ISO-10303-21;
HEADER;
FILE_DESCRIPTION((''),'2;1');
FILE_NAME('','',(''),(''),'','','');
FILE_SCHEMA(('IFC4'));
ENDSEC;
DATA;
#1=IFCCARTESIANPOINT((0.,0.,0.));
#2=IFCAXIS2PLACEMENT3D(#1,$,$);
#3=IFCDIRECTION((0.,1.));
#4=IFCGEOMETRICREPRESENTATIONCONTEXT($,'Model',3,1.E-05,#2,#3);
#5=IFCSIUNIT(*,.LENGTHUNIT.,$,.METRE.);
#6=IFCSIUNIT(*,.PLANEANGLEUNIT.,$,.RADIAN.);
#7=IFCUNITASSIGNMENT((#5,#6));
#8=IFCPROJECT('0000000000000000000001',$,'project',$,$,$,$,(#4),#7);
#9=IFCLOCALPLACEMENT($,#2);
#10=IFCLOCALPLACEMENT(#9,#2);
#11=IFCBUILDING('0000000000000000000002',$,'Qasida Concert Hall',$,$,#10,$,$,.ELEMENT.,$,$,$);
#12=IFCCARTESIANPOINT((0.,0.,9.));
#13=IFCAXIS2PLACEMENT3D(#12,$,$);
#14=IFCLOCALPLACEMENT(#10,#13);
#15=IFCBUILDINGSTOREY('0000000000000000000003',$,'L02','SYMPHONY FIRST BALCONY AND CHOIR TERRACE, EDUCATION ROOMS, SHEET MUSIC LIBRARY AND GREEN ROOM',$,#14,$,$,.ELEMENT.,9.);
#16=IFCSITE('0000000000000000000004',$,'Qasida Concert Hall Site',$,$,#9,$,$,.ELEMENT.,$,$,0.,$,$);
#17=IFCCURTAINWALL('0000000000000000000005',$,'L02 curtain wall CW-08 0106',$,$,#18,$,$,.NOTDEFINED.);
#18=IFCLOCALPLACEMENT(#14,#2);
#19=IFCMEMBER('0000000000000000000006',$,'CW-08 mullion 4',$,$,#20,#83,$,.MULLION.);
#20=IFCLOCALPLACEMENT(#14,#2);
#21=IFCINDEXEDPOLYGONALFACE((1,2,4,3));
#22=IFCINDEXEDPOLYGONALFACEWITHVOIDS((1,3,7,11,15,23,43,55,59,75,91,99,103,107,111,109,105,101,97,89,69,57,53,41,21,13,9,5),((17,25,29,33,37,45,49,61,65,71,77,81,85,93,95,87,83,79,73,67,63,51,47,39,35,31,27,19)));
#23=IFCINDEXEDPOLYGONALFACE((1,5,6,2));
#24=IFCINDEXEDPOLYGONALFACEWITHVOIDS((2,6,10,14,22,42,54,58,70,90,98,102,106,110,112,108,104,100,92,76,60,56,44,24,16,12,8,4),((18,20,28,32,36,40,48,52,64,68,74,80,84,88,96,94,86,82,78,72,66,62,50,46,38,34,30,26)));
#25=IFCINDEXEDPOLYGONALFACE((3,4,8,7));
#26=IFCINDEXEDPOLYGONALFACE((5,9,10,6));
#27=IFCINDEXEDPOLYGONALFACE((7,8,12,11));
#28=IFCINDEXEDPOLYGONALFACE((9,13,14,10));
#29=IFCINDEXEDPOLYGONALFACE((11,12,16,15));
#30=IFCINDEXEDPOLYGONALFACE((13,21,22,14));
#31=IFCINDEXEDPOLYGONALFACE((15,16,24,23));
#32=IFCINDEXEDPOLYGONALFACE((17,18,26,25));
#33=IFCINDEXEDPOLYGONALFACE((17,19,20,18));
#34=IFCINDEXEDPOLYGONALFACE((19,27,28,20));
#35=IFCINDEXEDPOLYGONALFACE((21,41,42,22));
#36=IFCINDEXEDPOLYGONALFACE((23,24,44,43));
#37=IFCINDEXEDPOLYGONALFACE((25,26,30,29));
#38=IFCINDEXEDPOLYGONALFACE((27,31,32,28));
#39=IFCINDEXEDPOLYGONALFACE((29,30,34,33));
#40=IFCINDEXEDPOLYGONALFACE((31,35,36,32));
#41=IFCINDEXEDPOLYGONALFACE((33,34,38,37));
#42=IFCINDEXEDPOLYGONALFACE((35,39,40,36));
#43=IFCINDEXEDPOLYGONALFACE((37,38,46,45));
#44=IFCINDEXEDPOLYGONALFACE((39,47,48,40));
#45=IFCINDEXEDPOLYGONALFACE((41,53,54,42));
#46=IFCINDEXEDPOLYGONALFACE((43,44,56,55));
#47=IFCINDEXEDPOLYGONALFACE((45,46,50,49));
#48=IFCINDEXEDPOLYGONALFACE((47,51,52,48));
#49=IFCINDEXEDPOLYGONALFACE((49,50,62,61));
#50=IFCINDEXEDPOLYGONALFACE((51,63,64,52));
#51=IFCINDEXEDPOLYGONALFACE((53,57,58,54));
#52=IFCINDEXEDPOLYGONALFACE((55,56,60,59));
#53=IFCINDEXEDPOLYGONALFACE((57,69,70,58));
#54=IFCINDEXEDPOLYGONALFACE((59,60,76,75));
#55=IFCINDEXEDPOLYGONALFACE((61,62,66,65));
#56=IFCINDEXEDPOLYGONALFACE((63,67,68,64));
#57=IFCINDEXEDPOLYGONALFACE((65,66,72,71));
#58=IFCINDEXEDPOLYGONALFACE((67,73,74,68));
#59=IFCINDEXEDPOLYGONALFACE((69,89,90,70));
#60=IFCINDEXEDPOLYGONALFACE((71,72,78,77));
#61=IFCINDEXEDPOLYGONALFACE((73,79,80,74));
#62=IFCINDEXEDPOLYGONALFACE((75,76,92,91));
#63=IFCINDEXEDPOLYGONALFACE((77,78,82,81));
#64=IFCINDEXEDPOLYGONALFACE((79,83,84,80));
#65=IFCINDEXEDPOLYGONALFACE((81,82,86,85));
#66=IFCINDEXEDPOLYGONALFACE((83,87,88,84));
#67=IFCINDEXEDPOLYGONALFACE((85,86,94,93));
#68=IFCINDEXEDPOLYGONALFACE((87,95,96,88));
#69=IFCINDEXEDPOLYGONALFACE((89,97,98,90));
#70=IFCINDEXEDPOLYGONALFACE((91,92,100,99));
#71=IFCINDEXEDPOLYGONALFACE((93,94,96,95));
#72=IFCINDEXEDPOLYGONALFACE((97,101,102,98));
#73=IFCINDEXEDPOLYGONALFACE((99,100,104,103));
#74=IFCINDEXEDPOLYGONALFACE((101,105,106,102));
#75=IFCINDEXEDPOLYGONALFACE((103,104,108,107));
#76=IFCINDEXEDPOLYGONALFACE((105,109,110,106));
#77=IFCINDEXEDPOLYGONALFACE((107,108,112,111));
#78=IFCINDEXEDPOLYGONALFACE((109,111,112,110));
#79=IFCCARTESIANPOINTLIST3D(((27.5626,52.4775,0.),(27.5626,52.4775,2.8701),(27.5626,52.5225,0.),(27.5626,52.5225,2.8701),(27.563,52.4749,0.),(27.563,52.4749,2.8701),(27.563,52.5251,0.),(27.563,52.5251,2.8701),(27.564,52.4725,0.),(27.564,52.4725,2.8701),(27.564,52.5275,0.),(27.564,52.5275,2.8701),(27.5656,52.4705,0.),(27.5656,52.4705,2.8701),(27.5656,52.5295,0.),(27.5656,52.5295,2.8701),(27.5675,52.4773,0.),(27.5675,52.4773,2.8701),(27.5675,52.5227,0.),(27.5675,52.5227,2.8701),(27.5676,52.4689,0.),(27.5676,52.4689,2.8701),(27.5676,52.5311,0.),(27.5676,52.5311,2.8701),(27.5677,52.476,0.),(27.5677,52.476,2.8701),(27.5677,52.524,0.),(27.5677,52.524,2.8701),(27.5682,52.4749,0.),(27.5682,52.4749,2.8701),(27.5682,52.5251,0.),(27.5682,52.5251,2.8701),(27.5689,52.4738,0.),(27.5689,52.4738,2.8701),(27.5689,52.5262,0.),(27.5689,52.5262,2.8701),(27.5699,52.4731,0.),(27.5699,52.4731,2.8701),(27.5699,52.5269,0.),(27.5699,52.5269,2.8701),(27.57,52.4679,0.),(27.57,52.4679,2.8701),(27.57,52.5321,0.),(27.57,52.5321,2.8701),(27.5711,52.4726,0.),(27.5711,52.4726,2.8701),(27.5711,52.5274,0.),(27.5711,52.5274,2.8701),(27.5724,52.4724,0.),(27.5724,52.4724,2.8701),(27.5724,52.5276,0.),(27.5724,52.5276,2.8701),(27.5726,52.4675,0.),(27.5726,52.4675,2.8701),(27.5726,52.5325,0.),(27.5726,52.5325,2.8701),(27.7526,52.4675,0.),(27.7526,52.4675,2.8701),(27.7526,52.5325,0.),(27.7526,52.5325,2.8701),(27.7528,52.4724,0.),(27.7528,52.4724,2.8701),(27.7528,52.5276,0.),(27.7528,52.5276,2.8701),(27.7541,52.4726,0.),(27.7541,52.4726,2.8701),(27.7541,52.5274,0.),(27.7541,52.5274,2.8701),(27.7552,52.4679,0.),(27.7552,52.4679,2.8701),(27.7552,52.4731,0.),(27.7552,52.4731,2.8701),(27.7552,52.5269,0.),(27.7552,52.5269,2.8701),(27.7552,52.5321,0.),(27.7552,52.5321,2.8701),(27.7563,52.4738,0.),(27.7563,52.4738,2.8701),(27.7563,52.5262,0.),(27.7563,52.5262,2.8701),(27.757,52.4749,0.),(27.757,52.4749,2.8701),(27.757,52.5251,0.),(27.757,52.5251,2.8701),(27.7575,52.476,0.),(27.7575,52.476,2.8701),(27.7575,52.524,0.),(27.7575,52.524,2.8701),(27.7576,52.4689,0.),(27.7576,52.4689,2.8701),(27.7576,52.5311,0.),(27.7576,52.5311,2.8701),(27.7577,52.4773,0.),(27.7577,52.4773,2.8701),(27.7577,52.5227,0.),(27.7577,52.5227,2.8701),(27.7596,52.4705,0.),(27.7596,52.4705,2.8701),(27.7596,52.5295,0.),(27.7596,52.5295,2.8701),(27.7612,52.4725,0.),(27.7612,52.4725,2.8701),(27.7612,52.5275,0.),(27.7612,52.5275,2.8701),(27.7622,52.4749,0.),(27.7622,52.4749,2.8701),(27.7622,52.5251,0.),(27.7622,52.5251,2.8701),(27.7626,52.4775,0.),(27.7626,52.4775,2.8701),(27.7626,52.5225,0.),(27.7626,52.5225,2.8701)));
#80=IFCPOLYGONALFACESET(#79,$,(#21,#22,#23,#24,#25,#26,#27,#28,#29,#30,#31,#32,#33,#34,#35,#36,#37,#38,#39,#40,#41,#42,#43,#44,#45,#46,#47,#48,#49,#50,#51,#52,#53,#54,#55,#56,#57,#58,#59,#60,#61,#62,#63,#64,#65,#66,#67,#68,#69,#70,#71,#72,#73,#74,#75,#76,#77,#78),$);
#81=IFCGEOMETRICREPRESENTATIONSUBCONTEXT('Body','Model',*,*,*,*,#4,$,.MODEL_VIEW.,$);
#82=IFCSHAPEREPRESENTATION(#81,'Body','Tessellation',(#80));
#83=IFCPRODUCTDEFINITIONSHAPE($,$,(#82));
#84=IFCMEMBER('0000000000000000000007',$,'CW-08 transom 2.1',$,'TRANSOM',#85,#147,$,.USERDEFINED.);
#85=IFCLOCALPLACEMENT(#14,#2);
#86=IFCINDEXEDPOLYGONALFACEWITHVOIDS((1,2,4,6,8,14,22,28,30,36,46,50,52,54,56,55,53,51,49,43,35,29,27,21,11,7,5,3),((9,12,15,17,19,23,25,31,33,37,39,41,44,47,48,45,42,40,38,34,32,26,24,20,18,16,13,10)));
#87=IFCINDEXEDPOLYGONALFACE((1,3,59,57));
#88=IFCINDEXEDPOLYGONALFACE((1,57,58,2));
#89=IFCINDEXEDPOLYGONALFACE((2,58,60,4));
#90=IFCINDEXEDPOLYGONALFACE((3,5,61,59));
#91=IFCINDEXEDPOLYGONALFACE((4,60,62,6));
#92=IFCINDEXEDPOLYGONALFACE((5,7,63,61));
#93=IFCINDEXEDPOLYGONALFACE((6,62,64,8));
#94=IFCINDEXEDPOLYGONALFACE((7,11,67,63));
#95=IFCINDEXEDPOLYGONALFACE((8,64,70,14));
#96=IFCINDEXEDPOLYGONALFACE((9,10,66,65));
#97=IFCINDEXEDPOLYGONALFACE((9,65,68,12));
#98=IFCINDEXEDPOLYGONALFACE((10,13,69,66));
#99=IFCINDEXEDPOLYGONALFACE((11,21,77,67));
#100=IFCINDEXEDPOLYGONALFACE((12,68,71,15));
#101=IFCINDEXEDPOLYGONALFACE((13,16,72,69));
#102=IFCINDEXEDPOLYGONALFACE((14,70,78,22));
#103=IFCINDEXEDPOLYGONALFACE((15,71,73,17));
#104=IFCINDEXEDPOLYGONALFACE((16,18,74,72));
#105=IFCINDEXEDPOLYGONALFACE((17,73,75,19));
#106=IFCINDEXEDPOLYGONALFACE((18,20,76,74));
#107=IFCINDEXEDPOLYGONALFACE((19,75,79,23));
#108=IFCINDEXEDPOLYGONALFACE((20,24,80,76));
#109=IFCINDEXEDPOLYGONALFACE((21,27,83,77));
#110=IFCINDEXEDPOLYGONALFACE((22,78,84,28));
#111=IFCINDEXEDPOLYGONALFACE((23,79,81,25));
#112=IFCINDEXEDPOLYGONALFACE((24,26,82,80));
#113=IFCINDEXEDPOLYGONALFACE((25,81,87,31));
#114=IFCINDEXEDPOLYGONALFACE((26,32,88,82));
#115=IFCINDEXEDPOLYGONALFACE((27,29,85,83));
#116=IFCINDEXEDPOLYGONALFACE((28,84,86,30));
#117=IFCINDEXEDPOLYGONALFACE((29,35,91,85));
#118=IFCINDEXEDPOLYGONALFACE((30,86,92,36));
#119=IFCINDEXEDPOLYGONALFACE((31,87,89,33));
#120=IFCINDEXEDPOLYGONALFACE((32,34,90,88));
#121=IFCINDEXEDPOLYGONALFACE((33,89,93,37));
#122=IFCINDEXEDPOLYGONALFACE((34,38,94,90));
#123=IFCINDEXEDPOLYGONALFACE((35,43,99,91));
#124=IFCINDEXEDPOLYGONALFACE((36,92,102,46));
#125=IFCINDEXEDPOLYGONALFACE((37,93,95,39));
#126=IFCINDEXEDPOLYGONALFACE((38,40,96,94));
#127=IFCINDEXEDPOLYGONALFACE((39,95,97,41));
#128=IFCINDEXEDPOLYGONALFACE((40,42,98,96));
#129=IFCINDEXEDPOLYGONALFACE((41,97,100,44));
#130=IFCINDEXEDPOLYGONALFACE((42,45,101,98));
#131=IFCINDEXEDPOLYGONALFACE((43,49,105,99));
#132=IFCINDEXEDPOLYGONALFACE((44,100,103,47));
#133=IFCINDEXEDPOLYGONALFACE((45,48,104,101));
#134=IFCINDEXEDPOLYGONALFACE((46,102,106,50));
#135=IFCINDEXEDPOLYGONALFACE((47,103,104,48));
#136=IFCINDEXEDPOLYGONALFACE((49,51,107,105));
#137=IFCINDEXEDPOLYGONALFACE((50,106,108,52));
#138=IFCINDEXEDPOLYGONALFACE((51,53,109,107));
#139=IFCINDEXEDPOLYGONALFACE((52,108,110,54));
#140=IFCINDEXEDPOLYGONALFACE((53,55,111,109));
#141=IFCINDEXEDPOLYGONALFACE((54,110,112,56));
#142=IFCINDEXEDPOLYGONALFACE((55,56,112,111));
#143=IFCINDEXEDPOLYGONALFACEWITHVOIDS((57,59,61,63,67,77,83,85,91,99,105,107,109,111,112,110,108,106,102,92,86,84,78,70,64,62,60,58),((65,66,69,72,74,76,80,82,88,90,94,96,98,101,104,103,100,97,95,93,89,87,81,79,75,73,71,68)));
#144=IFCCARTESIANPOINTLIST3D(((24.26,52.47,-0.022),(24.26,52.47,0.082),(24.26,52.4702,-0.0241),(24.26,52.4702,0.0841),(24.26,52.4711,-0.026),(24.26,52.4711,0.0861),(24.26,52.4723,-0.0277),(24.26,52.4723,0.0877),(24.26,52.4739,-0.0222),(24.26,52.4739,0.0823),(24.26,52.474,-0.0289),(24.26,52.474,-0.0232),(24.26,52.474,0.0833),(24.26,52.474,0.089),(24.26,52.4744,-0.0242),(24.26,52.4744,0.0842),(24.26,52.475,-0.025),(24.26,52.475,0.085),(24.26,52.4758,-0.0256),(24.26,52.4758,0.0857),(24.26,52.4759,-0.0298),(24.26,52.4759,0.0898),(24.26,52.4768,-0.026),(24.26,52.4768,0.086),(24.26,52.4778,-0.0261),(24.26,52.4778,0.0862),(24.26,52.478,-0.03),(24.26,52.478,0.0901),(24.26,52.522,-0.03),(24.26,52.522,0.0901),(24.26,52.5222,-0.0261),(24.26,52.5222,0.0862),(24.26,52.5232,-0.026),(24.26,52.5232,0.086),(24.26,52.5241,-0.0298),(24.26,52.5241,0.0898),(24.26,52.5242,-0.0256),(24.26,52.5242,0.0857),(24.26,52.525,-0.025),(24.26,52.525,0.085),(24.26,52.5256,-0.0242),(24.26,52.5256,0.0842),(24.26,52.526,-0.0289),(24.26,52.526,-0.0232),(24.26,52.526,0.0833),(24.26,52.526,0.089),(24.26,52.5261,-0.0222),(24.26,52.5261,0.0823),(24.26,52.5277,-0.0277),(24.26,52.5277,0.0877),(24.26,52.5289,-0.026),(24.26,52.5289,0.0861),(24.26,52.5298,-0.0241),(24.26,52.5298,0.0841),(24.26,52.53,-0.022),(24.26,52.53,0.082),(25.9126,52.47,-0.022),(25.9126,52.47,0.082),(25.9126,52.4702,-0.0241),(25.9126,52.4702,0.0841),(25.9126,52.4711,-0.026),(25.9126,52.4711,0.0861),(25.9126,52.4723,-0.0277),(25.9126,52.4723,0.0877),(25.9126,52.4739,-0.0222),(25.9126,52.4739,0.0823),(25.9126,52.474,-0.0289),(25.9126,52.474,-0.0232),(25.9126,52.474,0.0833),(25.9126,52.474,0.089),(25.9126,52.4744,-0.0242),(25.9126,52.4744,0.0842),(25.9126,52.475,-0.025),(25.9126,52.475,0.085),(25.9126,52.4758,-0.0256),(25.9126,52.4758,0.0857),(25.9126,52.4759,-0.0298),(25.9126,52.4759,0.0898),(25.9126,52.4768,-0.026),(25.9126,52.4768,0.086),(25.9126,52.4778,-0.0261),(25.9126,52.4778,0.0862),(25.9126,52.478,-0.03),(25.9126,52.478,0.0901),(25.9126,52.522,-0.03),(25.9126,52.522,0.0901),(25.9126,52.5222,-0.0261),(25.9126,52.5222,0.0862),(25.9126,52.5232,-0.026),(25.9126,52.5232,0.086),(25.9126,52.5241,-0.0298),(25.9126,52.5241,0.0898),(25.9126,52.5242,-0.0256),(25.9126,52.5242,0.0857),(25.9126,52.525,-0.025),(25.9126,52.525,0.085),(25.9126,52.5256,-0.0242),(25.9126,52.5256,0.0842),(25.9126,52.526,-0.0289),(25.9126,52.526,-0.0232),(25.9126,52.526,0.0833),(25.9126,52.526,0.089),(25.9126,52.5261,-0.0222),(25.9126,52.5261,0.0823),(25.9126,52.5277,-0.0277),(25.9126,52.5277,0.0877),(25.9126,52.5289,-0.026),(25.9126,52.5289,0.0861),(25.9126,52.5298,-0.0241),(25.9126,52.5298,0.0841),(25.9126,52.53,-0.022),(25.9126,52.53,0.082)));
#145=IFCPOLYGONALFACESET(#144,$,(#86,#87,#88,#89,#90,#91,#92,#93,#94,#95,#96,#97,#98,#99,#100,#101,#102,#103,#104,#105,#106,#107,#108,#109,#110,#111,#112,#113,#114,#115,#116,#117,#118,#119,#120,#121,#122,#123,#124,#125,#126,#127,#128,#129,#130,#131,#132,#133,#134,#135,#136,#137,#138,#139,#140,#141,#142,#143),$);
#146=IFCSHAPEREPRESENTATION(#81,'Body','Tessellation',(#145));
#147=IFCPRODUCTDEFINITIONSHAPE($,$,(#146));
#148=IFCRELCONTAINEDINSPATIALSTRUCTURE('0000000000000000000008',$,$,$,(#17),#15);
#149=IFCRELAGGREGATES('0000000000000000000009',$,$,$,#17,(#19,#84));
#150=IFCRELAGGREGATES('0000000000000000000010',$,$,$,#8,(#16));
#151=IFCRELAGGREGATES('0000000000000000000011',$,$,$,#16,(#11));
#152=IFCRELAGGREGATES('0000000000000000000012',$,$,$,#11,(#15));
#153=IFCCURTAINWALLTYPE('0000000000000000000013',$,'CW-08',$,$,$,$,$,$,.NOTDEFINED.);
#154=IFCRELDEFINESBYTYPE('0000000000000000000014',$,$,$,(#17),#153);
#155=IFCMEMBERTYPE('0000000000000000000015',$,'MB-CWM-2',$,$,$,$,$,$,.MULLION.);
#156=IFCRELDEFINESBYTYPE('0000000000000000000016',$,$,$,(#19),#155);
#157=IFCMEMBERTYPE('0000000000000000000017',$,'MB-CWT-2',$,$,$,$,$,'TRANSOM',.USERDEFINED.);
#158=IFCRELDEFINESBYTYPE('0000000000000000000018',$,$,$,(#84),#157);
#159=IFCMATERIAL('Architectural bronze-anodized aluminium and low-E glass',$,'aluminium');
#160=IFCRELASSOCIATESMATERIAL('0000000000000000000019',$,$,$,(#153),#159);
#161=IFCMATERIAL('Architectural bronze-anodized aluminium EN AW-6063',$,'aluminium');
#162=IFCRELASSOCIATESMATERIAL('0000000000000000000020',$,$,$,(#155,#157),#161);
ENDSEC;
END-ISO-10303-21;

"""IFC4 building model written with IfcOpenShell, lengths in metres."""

from ifc_helpers import new_model, si_unit, direction, frame, origin, origin_2d, place, context, subcontext, project, spatial, hollow_rectangle, extrude, material, material_profile, profile_set, type_object, element, aggregate, save


model = new_model("IFC4")

# Units and contexts
model_context = context("Model", 3, precision=1e-05, world=origin(), true_north=direction((0.0, 1.0)))
body_context = subcontext(model_context, "Body", "Model", "MODEL_VIEW")
ifc_project = project(units=[si_unit("LENGTHUNIT", "METRE"), si_unit("PLANEANGLEUNIT", "RADIAN")], contexts=[model_context])

# Site, building, storey
site_placement = place(None, origin())
site = spatial("IfcSite", under=ifc_project, at=site_placement, Name="Qasida Concert Hall Site", CompositionType="ELEMENT", RefElevation=0.0)
building_placement = place(site_placement, origin())
building = spatial("IfcBuilding", under=site, at=building_placement, Name="Qasida Concert Hall", CompositionType="ELEMENT")
storey_placement = place(building_placement, frame((0.0, 0.0, 9.0)))
storey = spatial("IfcBuildingStorey", under=building, at=storey_placement, Name="L02", Description="SYMPHONY FIRST BALCONY AND CHOIR TERRACE, EDUCATION ROOMS, SHEET MUSIC LIBRARY AND GREEN ROOM", CompositionType="ELEMENT", Elevation=9.0)

# Curtain wall, members
ifc_material_1 = material(Name="Architectural bronze-anodized aluminium and low-E glass", Category="aluminium")
curtain_wall_type = type_object("IfcCurtainWallType", Name="CW-08", PredefinedType="NOTDEFINED", material=ifc_material_1)
curtain_wall_placement = place(storey_placement, origin())
curtain_wall = element("IfcCurtainWall", 1, at=curtain_wall_placement, inside=storey, type_object=curtain_wall_type, Name="L02 curtain wall CW-08 0106", PredefinedType="NOTDEFINED")
ifc_material_2 = material(Name="Architectural bronze-anodized aluminium EN AW-6063", Category="aluminium")
ifc_material_profile_1 = material_profile(ifc_material_2, hollow_rectangle(XDim=0.0649, YDim=0.2, WallThickness=0.0049, InnerFilletRadius=0.0049, OuterFilletRadius=0.01, at=origin_2d()), Name="CWM 200x65x5")
ifc_profile_set_1 = profile_set([ifc_material_profile_1], Name="Architectural bronze-anodized aluminium EN AW-6063")
member_type_1 = type_object("IfcMemberType", Name="MB-CWM-2", PredefinedType="MULLION", material=ifc_profile_set_1)
member_1_placement = place(storey_placement, frame((27.6626, 52.5, 0.0), z_axis=(0.0, 0.0, 1.0), x_axis=(0.0, 1.0, 0.0)))
member_1 = element("IfcMember", 2, at=member_1_placement, type_object=member_type_1, Name="CW-08 mullion 4", PredefinedType="MULLION", context=body_context, shape_type="SweptSolid", body=[
    extrude(hollow_rectangle(XDim=0.0649, YDim=0.2, WallThickness=0.0049, InnerFilletRadius=0.0049, OuterFilletRadius=0.01, at=origin_2d()), origin(), (0.0, 0.0, 1.0), 2.8701),
])
ifc_material_profile_2 = material_profile(ifc_material_2, hollow_rectangle(XDim=0.0601, YDim=0.1201, WallThickness=0.0039, InnerFilletRadius=0.0039, OuterFilletRadius=0.0081, at=origin_2d()), Name="CWT 120x60x4")
ifc_profile_set_2 = profile_set([ifc_material_profile_2], Name="Architectural bronze-anodized aluminium EN AW-6063")
member_type_2 = type_object("IfcMemberType", Name="MB-CWT-2", ElementType="TRANSOM", PredefinedType="USERDEFINED", material=ifc_profile_set_2)
member_2_placement = place(storey_placement, frame((24.26, 52.5, 0.03), z_axis=(1.0, 0.0, 0.0), x_axis=(0.0, 1.0, 0.0)))
member_2 = element("IfcMember", 3, at=member_2_placement, type_object=member_type_2, Name="CW-08 transom 2.1", ObjectType="TRANSOM", PredefinedType="USERDEFINED", context=body_context, shape_type="SweptSolid", body=[
    extrude(hollow_rectangle(XDim=0.0601, YDim=0.1201, WallThickness=0.0039, InnerFilletRadius=0.0039, OuterFilletRadius=0.0081, at=origin_2d()), origin(), (0.0, 0.0, 1.0), 1.6526),
])
aggregate(curtain_wall, [member_1, member_2])

save(model, "model.ifc")
